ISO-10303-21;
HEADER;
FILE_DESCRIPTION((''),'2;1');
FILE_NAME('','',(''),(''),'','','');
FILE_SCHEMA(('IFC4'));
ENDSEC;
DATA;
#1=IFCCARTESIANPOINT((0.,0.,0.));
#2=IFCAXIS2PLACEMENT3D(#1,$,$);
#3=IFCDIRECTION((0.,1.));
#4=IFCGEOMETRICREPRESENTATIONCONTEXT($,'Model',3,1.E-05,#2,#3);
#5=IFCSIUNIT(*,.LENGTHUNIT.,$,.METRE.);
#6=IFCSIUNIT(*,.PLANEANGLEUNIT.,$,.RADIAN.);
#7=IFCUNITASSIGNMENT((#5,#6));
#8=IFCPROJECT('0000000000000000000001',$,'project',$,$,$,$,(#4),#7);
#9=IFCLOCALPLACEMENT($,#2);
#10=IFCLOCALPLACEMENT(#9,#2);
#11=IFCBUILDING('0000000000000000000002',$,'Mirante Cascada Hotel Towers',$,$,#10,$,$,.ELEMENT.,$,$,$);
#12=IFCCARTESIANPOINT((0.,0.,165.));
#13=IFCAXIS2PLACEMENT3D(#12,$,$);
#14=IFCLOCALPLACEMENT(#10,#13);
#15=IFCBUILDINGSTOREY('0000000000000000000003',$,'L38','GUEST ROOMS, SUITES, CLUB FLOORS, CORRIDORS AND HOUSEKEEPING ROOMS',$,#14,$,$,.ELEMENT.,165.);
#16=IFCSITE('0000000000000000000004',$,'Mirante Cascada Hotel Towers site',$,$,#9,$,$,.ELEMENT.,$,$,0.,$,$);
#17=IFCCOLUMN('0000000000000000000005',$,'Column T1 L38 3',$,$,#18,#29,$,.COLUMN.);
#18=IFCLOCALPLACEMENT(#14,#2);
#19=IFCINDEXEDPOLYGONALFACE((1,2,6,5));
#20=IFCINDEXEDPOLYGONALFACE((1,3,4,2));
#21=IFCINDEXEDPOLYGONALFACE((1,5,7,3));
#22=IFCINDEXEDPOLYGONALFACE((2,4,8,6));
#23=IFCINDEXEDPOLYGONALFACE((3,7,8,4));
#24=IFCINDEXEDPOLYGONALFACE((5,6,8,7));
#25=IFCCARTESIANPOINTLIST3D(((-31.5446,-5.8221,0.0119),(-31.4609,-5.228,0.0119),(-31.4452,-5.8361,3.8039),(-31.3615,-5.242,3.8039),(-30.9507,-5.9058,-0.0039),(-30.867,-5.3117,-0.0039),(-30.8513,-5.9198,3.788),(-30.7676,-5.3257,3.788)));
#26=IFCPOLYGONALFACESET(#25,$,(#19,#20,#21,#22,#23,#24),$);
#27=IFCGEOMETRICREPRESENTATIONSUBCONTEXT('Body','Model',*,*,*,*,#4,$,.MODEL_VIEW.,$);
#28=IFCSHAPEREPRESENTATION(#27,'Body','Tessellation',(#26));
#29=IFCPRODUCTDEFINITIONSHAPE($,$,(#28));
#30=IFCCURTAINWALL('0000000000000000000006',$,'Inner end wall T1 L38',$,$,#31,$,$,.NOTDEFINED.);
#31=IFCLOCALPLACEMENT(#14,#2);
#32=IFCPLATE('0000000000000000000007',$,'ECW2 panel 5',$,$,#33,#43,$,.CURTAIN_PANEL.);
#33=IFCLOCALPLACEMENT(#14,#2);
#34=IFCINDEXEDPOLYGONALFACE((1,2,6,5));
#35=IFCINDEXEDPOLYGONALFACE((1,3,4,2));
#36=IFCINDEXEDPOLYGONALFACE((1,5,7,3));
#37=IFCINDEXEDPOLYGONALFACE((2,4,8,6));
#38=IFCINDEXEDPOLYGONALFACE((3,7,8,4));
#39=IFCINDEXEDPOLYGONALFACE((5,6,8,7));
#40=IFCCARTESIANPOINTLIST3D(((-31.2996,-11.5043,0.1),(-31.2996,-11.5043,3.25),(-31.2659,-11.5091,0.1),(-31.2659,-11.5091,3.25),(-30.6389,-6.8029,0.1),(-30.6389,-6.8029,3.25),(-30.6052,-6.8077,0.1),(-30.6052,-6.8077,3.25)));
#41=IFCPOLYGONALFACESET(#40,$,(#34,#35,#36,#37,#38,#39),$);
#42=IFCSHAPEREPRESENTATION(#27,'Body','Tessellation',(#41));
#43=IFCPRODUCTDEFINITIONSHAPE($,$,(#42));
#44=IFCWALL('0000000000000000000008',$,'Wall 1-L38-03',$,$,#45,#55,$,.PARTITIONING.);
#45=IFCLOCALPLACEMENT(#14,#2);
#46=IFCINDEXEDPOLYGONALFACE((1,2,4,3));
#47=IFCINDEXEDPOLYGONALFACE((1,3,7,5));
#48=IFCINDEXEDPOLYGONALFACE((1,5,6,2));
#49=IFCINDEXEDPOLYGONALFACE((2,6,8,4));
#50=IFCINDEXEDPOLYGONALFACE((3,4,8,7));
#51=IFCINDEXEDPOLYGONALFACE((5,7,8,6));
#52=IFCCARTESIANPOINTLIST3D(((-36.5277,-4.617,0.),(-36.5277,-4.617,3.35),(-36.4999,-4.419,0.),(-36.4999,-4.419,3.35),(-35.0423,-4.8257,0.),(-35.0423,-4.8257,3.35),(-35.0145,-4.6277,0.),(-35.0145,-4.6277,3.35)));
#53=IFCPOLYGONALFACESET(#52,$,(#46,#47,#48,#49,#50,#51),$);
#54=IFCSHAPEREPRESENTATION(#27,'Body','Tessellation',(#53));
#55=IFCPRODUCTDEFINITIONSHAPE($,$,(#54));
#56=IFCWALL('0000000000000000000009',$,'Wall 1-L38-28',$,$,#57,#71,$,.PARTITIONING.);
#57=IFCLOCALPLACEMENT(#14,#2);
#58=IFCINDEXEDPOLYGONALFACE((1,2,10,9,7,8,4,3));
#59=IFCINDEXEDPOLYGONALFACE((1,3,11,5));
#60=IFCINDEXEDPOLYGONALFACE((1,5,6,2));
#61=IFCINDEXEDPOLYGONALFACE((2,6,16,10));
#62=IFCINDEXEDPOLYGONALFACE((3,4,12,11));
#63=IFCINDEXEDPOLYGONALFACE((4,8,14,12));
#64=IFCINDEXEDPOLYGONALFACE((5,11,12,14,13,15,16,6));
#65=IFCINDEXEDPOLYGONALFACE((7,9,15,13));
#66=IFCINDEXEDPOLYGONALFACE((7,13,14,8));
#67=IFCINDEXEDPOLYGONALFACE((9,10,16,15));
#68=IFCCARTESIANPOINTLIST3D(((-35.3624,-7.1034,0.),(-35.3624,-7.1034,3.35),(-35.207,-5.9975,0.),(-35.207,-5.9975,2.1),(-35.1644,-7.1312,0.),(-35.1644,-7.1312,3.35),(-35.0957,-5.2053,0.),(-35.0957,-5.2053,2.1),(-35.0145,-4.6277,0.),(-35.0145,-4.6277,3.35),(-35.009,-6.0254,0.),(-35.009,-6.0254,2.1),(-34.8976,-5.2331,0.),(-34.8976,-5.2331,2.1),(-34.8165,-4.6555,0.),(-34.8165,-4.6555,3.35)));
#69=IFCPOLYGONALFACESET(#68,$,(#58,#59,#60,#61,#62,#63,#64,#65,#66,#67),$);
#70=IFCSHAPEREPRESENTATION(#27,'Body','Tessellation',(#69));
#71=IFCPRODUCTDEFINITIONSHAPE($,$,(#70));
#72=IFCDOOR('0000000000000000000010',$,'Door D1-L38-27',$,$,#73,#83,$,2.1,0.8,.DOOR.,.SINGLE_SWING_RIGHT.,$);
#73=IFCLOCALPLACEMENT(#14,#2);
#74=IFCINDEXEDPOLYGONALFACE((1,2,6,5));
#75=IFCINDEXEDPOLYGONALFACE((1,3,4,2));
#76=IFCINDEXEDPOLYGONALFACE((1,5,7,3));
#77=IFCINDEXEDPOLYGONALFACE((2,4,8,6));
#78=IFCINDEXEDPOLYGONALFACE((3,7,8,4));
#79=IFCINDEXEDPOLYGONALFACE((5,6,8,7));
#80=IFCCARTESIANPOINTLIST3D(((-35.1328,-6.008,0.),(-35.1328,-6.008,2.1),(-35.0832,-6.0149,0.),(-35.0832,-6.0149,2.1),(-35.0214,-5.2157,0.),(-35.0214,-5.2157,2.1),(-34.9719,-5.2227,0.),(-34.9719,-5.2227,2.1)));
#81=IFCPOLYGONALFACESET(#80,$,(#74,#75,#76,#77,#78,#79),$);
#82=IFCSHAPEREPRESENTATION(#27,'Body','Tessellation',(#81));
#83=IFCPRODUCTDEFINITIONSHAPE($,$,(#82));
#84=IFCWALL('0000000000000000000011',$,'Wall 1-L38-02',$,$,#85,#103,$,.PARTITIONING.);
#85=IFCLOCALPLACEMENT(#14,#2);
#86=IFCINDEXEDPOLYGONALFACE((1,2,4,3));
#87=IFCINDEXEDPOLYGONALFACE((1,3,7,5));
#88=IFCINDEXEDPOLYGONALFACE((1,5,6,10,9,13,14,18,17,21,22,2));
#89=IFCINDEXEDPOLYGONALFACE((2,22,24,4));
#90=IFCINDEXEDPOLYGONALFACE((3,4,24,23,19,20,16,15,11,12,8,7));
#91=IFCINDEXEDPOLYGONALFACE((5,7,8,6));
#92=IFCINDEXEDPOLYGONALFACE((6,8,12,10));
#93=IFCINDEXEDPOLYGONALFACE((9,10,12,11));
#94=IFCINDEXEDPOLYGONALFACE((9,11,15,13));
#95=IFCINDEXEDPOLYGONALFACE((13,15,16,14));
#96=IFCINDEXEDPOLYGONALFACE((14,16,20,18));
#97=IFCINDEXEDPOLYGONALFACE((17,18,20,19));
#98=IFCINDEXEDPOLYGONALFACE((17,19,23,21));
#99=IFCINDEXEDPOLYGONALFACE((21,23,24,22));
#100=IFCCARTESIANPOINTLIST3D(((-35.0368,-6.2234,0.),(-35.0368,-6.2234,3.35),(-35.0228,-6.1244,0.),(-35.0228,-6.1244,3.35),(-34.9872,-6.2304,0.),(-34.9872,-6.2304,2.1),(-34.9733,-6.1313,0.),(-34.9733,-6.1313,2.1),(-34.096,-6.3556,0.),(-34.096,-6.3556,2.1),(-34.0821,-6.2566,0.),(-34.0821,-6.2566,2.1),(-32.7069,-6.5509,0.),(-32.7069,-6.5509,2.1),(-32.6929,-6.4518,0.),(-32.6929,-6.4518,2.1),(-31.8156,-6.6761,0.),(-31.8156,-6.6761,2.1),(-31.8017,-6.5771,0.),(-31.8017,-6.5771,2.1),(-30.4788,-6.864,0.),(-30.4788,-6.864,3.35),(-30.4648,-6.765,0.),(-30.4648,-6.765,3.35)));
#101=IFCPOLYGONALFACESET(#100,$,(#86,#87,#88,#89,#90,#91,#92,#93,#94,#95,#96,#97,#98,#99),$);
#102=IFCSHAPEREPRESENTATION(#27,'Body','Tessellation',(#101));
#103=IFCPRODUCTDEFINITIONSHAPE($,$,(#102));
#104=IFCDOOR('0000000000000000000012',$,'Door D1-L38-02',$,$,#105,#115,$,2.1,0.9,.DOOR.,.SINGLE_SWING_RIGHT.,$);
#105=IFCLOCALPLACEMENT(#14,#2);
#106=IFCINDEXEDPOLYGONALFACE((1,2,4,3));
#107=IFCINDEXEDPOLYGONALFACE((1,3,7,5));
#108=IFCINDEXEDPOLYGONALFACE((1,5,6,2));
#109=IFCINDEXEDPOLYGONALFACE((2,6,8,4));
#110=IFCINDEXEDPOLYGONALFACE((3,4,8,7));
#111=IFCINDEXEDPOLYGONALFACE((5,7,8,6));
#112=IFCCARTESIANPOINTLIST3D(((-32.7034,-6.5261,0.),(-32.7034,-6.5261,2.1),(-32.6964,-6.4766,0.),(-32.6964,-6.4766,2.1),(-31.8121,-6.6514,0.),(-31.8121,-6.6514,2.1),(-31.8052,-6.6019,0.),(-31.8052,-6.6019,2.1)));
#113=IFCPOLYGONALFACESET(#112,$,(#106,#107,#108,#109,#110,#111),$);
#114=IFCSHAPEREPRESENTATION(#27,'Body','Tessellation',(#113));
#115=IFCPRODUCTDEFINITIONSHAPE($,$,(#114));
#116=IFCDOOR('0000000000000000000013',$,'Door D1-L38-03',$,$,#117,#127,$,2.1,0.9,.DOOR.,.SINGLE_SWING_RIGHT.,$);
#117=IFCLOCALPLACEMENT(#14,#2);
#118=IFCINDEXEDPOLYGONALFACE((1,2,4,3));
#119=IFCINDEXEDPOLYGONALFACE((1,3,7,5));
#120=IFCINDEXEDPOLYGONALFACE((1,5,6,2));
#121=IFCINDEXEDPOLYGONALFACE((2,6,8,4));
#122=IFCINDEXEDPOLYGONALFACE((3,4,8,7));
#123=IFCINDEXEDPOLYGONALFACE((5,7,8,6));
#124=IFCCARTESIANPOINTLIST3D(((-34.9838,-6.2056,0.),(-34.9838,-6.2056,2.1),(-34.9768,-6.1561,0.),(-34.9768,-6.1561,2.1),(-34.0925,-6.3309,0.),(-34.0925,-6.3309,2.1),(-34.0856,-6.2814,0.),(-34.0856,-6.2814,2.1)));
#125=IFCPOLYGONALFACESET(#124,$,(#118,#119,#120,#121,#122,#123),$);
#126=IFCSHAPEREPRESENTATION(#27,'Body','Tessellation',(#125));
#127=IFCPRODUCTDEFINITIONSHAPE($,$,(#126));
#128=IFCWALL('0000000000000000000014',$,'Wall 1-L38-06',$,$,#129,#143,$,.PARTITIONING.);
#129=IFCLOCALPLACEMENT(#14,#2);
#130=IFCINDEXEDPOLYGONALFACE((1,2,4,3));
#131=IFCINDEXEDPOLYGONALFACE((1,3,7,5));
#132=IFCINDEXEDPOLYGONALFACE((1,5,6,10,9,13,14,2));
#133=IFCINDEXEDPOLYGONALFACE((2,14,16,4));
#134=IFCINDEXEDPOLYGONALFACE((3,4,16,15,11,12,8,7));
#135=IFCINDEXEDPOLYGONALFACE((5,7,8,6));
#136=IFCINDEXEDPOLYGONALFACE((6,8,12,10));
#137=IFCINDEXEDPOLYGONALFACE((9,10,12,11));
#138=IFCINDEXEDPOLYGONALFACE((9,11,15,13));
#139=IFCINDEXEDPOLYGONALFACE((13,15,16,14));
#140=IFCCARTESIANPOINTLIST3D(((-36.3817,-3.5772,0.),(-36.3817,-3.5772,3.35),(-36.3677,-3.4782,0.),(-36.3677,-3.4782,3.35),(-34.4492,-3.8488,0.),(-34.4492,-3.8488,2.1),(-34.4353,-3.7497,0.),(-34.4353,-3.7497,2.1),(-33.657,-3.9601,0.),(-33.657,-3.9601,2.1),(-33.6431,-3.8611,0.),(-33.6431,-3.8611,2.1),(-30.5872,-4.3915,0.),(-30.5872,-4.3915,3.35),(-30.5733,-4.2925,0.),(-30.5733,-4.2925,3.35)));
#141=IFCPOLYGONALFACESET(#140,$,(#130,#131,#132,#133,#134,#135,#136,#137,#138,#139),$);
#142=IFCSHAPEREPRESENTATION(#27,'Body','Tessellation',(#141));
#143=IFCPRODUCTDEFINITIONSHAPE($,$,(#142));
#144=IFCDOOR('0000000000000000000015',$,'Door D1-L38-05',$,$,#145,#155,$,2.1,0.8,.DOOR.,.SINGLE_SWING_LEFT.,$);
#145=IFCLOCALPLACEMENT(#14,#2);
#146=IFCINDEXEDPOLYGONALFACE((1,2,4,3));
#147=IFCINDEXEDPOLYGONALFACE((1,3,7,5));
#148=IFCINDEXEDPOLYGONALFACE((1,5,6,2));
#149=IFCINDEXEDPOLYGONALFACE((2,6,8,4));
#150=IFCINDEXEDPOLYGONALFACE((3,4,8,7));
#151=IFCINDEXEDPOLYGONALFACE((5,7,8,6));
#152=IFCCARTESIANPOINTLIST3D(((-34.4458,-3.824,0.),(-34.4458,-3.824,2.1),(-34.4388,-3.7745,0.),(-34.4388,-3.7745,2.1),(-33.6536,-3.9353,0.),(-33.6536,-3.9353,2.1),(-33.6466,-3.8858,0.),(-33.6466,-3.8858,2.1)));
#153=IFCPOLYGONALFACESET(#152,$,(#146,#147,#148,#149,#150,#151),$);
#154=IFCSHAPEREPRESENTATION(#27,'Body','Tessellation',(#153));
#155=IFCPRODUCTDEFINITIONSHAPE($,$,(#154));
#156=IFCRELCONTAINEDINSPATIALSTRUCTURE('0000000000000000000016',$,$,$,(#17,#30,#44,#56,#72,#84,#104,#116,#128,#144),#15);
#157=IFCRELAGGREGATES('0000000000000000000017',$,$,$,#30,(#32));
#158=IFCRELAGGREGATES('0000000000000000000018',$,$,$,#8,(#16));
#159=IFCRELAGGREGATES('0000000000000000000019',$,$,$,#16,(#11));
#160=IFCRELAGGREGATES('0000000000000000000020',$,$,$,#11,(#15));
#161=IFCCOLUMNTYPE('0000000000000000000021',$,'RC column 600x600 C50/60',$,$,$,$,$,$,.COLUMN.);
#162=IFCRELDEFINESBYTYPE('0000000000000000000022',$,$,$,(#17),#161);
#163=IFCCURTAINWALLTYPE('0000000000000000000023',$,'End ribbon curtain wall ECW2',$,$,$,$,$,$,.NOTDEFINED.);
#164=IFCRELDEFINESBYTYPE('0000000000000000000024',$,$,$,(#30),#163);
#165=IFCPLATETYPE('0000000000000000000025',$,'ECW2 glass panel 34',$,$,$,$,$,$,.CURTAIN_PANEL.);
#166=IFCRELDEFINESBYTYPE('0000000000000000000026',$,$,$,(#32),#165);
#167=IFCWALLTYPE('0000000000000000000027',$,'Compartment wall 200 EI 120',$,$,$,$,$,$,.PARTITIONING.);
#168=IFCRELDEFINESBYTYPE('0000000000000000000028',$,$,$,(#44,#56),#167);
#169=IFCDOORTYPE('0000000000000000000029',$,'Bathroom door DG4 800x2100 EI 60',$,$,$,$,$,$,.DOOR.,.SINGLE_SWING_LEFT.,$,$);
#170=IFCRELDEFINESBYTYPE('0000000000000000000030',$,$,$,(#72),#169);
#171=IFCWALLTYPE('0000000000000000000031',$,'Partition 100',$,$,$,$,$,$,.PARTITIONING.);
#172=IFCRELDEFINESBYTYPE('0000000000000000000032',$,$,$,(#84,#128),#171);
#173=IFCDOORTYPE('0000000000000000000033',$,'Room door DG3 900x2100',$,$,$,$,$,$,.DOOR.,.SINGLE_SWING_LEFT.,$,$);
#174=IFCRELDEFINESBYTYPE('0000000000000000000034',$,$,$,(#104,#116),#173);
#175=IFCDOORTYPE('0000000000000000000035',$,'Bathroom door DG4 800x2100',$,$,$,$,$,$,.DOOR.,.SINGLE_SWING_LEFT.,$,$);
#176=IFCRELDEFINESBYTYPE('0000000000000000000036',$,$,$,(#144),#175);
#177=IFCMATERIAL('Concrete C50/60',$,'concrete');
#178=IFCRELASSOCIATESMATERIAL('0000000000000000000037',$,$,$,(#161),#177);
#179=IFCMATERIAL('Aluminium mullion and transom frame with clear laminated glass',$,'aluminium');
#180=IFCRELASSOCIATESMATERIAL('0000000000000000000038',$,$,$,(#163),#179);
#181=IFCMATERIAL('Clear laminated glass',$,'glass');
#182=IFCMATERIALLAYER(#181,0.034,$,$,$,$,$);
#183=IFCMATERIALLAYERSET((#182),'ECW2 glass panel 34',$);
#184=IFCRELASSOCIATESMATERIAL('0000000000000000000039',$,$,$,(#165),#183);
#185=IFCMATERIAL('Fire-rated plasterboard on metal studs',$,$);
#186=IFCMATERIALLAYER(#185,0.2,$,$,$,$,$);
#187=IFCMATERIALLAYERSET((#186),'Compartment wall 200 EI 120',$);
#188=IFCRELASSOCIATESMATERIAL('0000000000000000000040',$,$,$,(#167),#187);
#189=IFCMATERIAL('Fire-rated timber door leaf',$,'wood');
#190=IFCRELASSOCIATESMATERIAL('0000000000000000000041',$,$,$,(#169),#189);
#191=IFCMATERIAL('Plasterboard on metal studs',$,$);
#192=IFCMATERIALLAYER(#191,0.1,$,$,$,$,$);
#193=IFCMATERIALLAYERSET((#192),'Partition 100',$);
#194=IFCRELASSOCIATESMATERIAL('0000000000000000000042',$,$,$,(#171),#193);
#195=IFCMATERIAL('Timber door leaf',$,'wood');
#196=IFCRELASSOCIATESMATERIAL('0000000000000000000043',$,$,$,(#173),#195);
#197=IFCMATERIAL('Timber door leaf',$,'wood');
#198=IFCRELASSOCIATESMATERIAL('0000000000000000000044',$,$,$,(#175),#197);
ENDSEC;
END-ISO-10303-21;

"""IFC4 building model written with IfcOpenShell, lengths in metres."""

from ifc_helpers import new_model, si_unit, direction, frame, frame_2d, origin, origin_2d, place, context, subcontext, project, spatial, rectangle, extrude, material, layer, layer_set, material_profile, profile_set, type_object, element, fill, aggregate, save


model = new_model("IFC4")

# Units and contexts
model_context = context("Model", 3, precision=1e-05, world=origin(), true_north=direction((0.0, 1.0)))
body_context = subcontext(model_context, "Body", "Model", "MODEL_VIEW")
ifc_project = project(units=[si_unit("LENGTHUNIT", "METRE"), si_unit("PLANEANGLEUNIT", "RADIAN")], contexts=[model_context])

# Site, building, storey
site_placement = place(None, origin())
site = spatial("IfcSite", under=ifc_project, at=site_placement, Name="Mirante Cascada Hotel Towers site", CompositionType="ELEMENT", RefElevation=0.0)
building_placement = place(site_placement, origin())
building = spatial("IfcBuilding", under=site, at=building_placement, Name="Mirante Cascada Hotel Towers", CompositionType="ELEMENT")
storey_placement = place(building_placement, frame((0.0, 0.0, 165.0)))
storey = spatial("IfcBuildingStorey", under=building, at=storey_placement, Name="L38", Description="GUEST ROOMS, SUITES, CLUB FLOORS, CORRIDORS AND HOUSEKEEPING ROOMS", CompositionType="ELEMENT", Elevation=165.0)

# Column
ifc_material_1 = material(Name="Concrete C50/60", Category="concrete")
ifc_material_profile = material_profile(ifc_material_1, rectangle(XDim=0.6, YDim=0.6, at=origin_2d()), Name="RC column 600x600 C50/60")
ifc_profile_set = profile_set([ifc_material_profile], Name="Concrete C50/60")
column_type = type_object("IfcColumnType", Name="RC column 600x600 C50/60", PredefinedType="COLUMN", material=ifc_profile_set)
column_placement = place(storey_placement, frame((-31.2058, -5.5669, 0.004), z_axis=(0.026204, -0.003691, 0.99965), x_axis=(0.139468, 0.990227, 0.0)))
element("IfcColumn", 1, at=column_placement, inside=storey, type_object=column_type, Name="Column T1 L38 3", PredefinedType="COLUMN", context=body_context, shape_type="SweptSolid", body=[
    extrude(rectangle(XDim=0.6, YDim=0.6, at=origin_2d()), origin(), (0.0, 0.0, 1.0), 3.7933),
])

# Curtain wall, plate
ifc_material_2 = material(Name="Aluminium mullion and transom frame with clear laminated glass", Category="aluminium")
curtain_wall_type = type_object("IfcCurtainWallType", Name="End ribbon curtain wall ECW2", PredefinedType="NOTDEFINED", material=ifc_material_2)
curtain_wall_placement = place(storey_placement, origin())
curtain_wall = element("IfcCurtainWall", 2, at=curtain_wall_placement, inside=storey, type_object=curtain_wall_type, Name="Inner end wall T1 L38", PredefinedType="NOTDEFINED")
ifc_material_3 = material(Name="Clear laminated glass", Category="glass")
ifc_layer_1 = layer(ifc_material_3, 0.034)
ifc_layer_set_1 = layer_set([ifc_layer_1], Name="ECW2 glass panel 34")
plate_type = type_object("IfcPlateType", Name="ECW2 glass panel 34", PredefinedType="CURTAIN_PANEL", material=ifc_layer_set_1)
plate_placement = place(storey_placement, frame((-30.9524, -9.156, 0.1), z_axis=(0.0, 0.0, 1.0), x_axis=(-0.139173, -0.990268, 0.0)))
plate = element("IfcPlate", 3, at=plate_placement, type_object=plate_type, Name="ECW2 panel 5", PredefinedType="CURTAIN_PANEL", context=body_context, shape_type="SweptSolid", body=[
    extrude(rectangle(XDim=4.7476, YDim=0.034, at=origin_2d()), origin(), (0.0, 0.0, 1.0), 3.15),
])
aggregate(curtain_wall, [plate])

# Wall
ifc_material_4 = material(Name="Fire-rated plasterboard on metal studs")
ifc_layer_2 = layer(ifc_material_4, 0.2)
ifc_layer_set_2 = layer_set([ifc_layer_2], Name="Compartment wall 200 EI 120")
wall_type_1 = type_object("IfcWallType", Name="Compartment wall 200 EI 120", PredefinedType="PARTITIONING", material=ifc_layer_set_2)
wall_1_placement = place(storey_placement, frame((-35.0284, -4.7267, 0.0), z_axis=(0.0, 0.0, 1.0), x_axis=(-0.990274, 0.139134, 0.0)))
element("IfcWall", 4, at=wall_1_placement, inside=storey, type_object=wall_type_1, Name="Wall 1-L38-03", PredefinedType="PARTITIONING", context=body_context, shape_type="SweptSolid", body=[
    extrude(rectangle(XDim=1.5, YDim=0.2, at=frame_2d((0.75, 0.0))), origin(), (0.0, 0.0, 1.0), 3.35),
])

# Wall, opening, door
wall_2_placement = place(storey_placement, frame((-34.9155, -4.6416, 0.0), z_axis=(0.0, 0.0, 1.0), x_axis=(-0.139159, -0.99027, 0.0)))
wall_2 = element("IfcWall", 5, at=wall_2_placement, inside=storey, type_object=wall_type_1, Name="Wall 1-L38-28", PredefinedType="PARTITIONING", context=body_context, shape_type="SweptSolid", body=[
    extrude(rectangle(XDim=2.5, YDim=0.2, at=frame_2d((1.25, 0.0))), origin(), (0.0, 0.0, 1.0), 3.35),
])
opening_1_placement = place(wall_2_placement, frame((0.5833, 0.0, 0.0)))
opening_1 = element("IfcOpeningElement", 6, at=opening_1_placement, cuts=wall_2, PredefinedType="OPENING", context=body_context, shape_type="SweptSolid", body=[
    extrude(rectangle(XDim=0.8, YDim=2.1, at=frame_2d((0.4, 1.05))), frame((0.0, 0.1, 0.0), z_axis=(0.0, -1.0, 0.0), x_axis=(1.0, 0.0, 0.0)), (0.0, 0.0, 1.0), 0.2),
])
ifc_material_5 = material(Name="Fire-rated timber door leaf", Category="wood")
door_type_1 = type_object("IfcDoorType", Name="Bathroom door DG4 800x2100 EI 60", OperationType="SINGLE_SWING_LEFT", PredefinedType="DOOR", material=ifc_material_5)
door_1_placement = place(opening_1_placement, frame((0.8, 0.0, 0.0), z_axis=(0.0, 0.0, 1.0), x_axis=(-1.0, 0.0, 0.0)))
door_1 = element("IfcDoor", 7, at=door_1_placement, inside=storey, type_object=door_type_1, Name="Door D1-L38-27", OperationType="SINGLE_SWING_RIGHT", OverallHeight=2.1, OverallWidth=0.8, PredefinedType="DOOR", context=body_context, shape_type="SweptSolid", body=[
    extrude(rectangle(XDim=0.8, YDim=2.1, at=frame_2d((0.4, 1.05))), frame((0.0, 0.025, 0.0), z_axis=(0.0, -1.0, 0.0), x_axis=(1.0, 0.0, 0.0)), (0.0, 0.0, 1.0), 0.05),
])
fill(opening_1, door_1)

# Wall, openings, doors
ifc_material_6 = material(Name="Plasterboard on metal studs")
ifc_layer_3 = layer(ifc_material_6, 0.1)
ifc_layer_set_3 = layer_set([ifc_layer_3], Name="Partition 100")
wall_type_2 = type_object("IfcWallType", Name="Partition 100", PredefinedType="PARTITIONING", material=ifc_layer_set_3)
wall_3_placement = place(storey_placement, frame((-35.0298, -6.1739, 0.0), z_axis=(0.0, 0.0, 1.0), x_axis=(0.990268, -0.139176, 0.0)))
wall_3 = element("IfcWall", 8, at=wall_3_placement, inside=storey, type_object=wall_type_2, Name="Wall 1-L38-02", PredefinedType="PARTITIONING", context=body_context, shape_type="SweptSolid", body=[
    extrude(rectangle(XDim=4.6028, YDim=0.1, at=frame_2d((2.3014, 0.0))), origin(), (0.0, 0.0, 1.0), 3.35),
])
opening_2_placement = place(wall_3_placement, frame((2.3528, 0.0, 0.0)))
opening_2 = element("IfcOpeningElement", 9, at=opening_2_placement, cuts=wall_3, PredefinedType="OPENING", context=body_context, shape_type="SweptSolid", body=[
    extrude(rectangle(XDim=0.9, YDim=2.1, at=frame_2d((0.45, 1.05))), frame((0.0, 0.05, 0.0), z_axis=(0.0, -1.0, 0.0), x_axis=(1.0, 0.0, 0.0)), (0.0, 0.0, 1.0), 0.1),
])
opening_3_placement = place(wall_3_placement, frame((0.05, 0.0, 0.0)))
opening_3 = element("IfcOpeningElement", 10, at=opening_3_placement, cuts=wall_3, PredefinedType="OPENING", context=body_context, shape_type="SweptSolid", body=[
    extrude(rectangle(XDim=0.9, YDim=2.1, at=frame_2d((0.45, 1.05))), frame((0.0, 0.05, 0.0), z_axis=(0.0, -1.0, 0.0), x_axis=(1.0, 0.0, 0.0)), (0.0, 0.0, 1.0), 0.1),
])
ifc_material_7 = material(Name="Timber door leaf", Category="wood")
door_type_2 = type_object("IfcDoorType", Name="Room door DG3 900x2100", OperationType="SINGLE_SWING_LEFT", PredefinedType="DOOR", material=ifc_material_7)
door_2_placement = place(opening_2_placement, frame((0.9, 0.0, 0.0), z_axis=(0.0, 0.0, 1.0), x_axis=(-1.0, 0.0, 0.0)))
door_2 = element("IfcDoor", 11, at=door_2_placement, inside=storey, type_object=door_type_2, Name="Door D1-L38-02", OperationType="SINGLE_SWING_RIGHT", OverallHeight=2.1, OverallWidth=0.9, PredefinedType="DOOR", context=body_context, shape_type="SweptSolid", body=[
    extrude(rectangle(XDim=0.9, YDim=2.1, at=frame_2d((0.45, 1.05))), frame((0.0, 0.025, 0.0), z_axis=(0.0, -1.0, 0.0), x_axis=(1.0, 0.0, 0.0)), (0.0, 0.0, 1.0), 0.05),
])
fill(opening_2, door_2)
door_3_placement = place(opening_3_placement, frame((0.9, 0.0, 0.0), z_axis=(0.0, 0.0, 1.0), x_axis=(-1.0, 0.0, 0.0)))
door_3 = element("IfcDoor", 12, at=door_3_placement, inside=storey, type_object=door_type_2, Name="Door D1-L38-03", OperationType="SINGLE_SWING_RIGHT", OverallHeight=2.1, OverallWidth=0.9, PredefinedType="DOOR", context=body_context, shape_type="SweptSolid", body=[
    extrude(rectangle(XDim=0.9, YDim=2.1, at=frame_2d((0.45, 1.05))), frame((0.0, 0.025, 0.0), z_axis=(0.0, -1.0, 0.0), x_axis=(1.0, 0.0, 0.0)), (0.0, 0.0, 1.0), 0.05),
])
fill(opening_3, door_3)

# Wall, opening, door
wall_4_placement = place(storey_placement, frame((-36.3747, -3.5277, 0.0), z_axis=(0.0, 0.0, 1.0), x_axis=(0.99027, -0.139162, 0.0)))
wall_4 = element("IfcWall", 13, at=wall_4_placement, inside=storey, type_object=wall_type_2, Name="Wall 1-L38-06", PredefinedType="PARTITIONING", context=body_context, shape_type="SweptSolid", body=[
    extrude(rectangle(XDim=5.8514, YDim=0.1, at=frame_2d((2.9257, 0.0))), origin(), (0.0, 0.0, 1.0), 3.35),
])
opening_4_placement = place(wall_4_placement, frame((1.9514, 0.0, 0.0)))
opening_4 = element("IfcOpeningElement", 14, at=opening_4_placement, cuts=wall_4, PredefinedType="OPENING", context=body_context, shape_type="SweptSolid", body=[
    extrude(rectangle(XDim=0.8, YDim=2.1, at=frame_2d((0.4, 1.05))), frame((0.0, 0.05, 0.0), z_axis=(0.0, -1.0, 0.0), x_axis=(1.0, 0.0, 0.0)), (0.0, 0.0, 1.0), 0.1),
])
ifc_material_8 = material(Name="Timber door leaf", Category="wood")
door_type_3 = type_object("IfcDoorType", Name="Bathroom door DG4 800x2100", OperationType="SINGLE_SWING_LEFT", PredefinedType="DOOR", material=ifc_material_8)
door_4_placement = place(opening_4_placement, origin())
door_4 = element("IfcDoor", 15, at=door_4_placement, inside=storey, type_object=door_type_3, Name="Door D1-L38-05", OperationType="SINGLE_SWING_LEFT", OverallHeight=2.1, OverallWidth=0.8, PredefinedType="DOOR", context=body_context, shape_type="SweptSolid", body=[
    extrude(rectangle(XDim=0.8, YDim=2.1, at=frame_2d((0.4, 1.05))), frame((0.0, 0.025, 0.0), z_axis=(0.0, -1.0, 0.0), x_axis=(1.0, 0.0, 0.0)), (0.0, 0.0, 1.0), 0.05),
])
fill(opening_4, door_4)

save(model, "model.ifc")
